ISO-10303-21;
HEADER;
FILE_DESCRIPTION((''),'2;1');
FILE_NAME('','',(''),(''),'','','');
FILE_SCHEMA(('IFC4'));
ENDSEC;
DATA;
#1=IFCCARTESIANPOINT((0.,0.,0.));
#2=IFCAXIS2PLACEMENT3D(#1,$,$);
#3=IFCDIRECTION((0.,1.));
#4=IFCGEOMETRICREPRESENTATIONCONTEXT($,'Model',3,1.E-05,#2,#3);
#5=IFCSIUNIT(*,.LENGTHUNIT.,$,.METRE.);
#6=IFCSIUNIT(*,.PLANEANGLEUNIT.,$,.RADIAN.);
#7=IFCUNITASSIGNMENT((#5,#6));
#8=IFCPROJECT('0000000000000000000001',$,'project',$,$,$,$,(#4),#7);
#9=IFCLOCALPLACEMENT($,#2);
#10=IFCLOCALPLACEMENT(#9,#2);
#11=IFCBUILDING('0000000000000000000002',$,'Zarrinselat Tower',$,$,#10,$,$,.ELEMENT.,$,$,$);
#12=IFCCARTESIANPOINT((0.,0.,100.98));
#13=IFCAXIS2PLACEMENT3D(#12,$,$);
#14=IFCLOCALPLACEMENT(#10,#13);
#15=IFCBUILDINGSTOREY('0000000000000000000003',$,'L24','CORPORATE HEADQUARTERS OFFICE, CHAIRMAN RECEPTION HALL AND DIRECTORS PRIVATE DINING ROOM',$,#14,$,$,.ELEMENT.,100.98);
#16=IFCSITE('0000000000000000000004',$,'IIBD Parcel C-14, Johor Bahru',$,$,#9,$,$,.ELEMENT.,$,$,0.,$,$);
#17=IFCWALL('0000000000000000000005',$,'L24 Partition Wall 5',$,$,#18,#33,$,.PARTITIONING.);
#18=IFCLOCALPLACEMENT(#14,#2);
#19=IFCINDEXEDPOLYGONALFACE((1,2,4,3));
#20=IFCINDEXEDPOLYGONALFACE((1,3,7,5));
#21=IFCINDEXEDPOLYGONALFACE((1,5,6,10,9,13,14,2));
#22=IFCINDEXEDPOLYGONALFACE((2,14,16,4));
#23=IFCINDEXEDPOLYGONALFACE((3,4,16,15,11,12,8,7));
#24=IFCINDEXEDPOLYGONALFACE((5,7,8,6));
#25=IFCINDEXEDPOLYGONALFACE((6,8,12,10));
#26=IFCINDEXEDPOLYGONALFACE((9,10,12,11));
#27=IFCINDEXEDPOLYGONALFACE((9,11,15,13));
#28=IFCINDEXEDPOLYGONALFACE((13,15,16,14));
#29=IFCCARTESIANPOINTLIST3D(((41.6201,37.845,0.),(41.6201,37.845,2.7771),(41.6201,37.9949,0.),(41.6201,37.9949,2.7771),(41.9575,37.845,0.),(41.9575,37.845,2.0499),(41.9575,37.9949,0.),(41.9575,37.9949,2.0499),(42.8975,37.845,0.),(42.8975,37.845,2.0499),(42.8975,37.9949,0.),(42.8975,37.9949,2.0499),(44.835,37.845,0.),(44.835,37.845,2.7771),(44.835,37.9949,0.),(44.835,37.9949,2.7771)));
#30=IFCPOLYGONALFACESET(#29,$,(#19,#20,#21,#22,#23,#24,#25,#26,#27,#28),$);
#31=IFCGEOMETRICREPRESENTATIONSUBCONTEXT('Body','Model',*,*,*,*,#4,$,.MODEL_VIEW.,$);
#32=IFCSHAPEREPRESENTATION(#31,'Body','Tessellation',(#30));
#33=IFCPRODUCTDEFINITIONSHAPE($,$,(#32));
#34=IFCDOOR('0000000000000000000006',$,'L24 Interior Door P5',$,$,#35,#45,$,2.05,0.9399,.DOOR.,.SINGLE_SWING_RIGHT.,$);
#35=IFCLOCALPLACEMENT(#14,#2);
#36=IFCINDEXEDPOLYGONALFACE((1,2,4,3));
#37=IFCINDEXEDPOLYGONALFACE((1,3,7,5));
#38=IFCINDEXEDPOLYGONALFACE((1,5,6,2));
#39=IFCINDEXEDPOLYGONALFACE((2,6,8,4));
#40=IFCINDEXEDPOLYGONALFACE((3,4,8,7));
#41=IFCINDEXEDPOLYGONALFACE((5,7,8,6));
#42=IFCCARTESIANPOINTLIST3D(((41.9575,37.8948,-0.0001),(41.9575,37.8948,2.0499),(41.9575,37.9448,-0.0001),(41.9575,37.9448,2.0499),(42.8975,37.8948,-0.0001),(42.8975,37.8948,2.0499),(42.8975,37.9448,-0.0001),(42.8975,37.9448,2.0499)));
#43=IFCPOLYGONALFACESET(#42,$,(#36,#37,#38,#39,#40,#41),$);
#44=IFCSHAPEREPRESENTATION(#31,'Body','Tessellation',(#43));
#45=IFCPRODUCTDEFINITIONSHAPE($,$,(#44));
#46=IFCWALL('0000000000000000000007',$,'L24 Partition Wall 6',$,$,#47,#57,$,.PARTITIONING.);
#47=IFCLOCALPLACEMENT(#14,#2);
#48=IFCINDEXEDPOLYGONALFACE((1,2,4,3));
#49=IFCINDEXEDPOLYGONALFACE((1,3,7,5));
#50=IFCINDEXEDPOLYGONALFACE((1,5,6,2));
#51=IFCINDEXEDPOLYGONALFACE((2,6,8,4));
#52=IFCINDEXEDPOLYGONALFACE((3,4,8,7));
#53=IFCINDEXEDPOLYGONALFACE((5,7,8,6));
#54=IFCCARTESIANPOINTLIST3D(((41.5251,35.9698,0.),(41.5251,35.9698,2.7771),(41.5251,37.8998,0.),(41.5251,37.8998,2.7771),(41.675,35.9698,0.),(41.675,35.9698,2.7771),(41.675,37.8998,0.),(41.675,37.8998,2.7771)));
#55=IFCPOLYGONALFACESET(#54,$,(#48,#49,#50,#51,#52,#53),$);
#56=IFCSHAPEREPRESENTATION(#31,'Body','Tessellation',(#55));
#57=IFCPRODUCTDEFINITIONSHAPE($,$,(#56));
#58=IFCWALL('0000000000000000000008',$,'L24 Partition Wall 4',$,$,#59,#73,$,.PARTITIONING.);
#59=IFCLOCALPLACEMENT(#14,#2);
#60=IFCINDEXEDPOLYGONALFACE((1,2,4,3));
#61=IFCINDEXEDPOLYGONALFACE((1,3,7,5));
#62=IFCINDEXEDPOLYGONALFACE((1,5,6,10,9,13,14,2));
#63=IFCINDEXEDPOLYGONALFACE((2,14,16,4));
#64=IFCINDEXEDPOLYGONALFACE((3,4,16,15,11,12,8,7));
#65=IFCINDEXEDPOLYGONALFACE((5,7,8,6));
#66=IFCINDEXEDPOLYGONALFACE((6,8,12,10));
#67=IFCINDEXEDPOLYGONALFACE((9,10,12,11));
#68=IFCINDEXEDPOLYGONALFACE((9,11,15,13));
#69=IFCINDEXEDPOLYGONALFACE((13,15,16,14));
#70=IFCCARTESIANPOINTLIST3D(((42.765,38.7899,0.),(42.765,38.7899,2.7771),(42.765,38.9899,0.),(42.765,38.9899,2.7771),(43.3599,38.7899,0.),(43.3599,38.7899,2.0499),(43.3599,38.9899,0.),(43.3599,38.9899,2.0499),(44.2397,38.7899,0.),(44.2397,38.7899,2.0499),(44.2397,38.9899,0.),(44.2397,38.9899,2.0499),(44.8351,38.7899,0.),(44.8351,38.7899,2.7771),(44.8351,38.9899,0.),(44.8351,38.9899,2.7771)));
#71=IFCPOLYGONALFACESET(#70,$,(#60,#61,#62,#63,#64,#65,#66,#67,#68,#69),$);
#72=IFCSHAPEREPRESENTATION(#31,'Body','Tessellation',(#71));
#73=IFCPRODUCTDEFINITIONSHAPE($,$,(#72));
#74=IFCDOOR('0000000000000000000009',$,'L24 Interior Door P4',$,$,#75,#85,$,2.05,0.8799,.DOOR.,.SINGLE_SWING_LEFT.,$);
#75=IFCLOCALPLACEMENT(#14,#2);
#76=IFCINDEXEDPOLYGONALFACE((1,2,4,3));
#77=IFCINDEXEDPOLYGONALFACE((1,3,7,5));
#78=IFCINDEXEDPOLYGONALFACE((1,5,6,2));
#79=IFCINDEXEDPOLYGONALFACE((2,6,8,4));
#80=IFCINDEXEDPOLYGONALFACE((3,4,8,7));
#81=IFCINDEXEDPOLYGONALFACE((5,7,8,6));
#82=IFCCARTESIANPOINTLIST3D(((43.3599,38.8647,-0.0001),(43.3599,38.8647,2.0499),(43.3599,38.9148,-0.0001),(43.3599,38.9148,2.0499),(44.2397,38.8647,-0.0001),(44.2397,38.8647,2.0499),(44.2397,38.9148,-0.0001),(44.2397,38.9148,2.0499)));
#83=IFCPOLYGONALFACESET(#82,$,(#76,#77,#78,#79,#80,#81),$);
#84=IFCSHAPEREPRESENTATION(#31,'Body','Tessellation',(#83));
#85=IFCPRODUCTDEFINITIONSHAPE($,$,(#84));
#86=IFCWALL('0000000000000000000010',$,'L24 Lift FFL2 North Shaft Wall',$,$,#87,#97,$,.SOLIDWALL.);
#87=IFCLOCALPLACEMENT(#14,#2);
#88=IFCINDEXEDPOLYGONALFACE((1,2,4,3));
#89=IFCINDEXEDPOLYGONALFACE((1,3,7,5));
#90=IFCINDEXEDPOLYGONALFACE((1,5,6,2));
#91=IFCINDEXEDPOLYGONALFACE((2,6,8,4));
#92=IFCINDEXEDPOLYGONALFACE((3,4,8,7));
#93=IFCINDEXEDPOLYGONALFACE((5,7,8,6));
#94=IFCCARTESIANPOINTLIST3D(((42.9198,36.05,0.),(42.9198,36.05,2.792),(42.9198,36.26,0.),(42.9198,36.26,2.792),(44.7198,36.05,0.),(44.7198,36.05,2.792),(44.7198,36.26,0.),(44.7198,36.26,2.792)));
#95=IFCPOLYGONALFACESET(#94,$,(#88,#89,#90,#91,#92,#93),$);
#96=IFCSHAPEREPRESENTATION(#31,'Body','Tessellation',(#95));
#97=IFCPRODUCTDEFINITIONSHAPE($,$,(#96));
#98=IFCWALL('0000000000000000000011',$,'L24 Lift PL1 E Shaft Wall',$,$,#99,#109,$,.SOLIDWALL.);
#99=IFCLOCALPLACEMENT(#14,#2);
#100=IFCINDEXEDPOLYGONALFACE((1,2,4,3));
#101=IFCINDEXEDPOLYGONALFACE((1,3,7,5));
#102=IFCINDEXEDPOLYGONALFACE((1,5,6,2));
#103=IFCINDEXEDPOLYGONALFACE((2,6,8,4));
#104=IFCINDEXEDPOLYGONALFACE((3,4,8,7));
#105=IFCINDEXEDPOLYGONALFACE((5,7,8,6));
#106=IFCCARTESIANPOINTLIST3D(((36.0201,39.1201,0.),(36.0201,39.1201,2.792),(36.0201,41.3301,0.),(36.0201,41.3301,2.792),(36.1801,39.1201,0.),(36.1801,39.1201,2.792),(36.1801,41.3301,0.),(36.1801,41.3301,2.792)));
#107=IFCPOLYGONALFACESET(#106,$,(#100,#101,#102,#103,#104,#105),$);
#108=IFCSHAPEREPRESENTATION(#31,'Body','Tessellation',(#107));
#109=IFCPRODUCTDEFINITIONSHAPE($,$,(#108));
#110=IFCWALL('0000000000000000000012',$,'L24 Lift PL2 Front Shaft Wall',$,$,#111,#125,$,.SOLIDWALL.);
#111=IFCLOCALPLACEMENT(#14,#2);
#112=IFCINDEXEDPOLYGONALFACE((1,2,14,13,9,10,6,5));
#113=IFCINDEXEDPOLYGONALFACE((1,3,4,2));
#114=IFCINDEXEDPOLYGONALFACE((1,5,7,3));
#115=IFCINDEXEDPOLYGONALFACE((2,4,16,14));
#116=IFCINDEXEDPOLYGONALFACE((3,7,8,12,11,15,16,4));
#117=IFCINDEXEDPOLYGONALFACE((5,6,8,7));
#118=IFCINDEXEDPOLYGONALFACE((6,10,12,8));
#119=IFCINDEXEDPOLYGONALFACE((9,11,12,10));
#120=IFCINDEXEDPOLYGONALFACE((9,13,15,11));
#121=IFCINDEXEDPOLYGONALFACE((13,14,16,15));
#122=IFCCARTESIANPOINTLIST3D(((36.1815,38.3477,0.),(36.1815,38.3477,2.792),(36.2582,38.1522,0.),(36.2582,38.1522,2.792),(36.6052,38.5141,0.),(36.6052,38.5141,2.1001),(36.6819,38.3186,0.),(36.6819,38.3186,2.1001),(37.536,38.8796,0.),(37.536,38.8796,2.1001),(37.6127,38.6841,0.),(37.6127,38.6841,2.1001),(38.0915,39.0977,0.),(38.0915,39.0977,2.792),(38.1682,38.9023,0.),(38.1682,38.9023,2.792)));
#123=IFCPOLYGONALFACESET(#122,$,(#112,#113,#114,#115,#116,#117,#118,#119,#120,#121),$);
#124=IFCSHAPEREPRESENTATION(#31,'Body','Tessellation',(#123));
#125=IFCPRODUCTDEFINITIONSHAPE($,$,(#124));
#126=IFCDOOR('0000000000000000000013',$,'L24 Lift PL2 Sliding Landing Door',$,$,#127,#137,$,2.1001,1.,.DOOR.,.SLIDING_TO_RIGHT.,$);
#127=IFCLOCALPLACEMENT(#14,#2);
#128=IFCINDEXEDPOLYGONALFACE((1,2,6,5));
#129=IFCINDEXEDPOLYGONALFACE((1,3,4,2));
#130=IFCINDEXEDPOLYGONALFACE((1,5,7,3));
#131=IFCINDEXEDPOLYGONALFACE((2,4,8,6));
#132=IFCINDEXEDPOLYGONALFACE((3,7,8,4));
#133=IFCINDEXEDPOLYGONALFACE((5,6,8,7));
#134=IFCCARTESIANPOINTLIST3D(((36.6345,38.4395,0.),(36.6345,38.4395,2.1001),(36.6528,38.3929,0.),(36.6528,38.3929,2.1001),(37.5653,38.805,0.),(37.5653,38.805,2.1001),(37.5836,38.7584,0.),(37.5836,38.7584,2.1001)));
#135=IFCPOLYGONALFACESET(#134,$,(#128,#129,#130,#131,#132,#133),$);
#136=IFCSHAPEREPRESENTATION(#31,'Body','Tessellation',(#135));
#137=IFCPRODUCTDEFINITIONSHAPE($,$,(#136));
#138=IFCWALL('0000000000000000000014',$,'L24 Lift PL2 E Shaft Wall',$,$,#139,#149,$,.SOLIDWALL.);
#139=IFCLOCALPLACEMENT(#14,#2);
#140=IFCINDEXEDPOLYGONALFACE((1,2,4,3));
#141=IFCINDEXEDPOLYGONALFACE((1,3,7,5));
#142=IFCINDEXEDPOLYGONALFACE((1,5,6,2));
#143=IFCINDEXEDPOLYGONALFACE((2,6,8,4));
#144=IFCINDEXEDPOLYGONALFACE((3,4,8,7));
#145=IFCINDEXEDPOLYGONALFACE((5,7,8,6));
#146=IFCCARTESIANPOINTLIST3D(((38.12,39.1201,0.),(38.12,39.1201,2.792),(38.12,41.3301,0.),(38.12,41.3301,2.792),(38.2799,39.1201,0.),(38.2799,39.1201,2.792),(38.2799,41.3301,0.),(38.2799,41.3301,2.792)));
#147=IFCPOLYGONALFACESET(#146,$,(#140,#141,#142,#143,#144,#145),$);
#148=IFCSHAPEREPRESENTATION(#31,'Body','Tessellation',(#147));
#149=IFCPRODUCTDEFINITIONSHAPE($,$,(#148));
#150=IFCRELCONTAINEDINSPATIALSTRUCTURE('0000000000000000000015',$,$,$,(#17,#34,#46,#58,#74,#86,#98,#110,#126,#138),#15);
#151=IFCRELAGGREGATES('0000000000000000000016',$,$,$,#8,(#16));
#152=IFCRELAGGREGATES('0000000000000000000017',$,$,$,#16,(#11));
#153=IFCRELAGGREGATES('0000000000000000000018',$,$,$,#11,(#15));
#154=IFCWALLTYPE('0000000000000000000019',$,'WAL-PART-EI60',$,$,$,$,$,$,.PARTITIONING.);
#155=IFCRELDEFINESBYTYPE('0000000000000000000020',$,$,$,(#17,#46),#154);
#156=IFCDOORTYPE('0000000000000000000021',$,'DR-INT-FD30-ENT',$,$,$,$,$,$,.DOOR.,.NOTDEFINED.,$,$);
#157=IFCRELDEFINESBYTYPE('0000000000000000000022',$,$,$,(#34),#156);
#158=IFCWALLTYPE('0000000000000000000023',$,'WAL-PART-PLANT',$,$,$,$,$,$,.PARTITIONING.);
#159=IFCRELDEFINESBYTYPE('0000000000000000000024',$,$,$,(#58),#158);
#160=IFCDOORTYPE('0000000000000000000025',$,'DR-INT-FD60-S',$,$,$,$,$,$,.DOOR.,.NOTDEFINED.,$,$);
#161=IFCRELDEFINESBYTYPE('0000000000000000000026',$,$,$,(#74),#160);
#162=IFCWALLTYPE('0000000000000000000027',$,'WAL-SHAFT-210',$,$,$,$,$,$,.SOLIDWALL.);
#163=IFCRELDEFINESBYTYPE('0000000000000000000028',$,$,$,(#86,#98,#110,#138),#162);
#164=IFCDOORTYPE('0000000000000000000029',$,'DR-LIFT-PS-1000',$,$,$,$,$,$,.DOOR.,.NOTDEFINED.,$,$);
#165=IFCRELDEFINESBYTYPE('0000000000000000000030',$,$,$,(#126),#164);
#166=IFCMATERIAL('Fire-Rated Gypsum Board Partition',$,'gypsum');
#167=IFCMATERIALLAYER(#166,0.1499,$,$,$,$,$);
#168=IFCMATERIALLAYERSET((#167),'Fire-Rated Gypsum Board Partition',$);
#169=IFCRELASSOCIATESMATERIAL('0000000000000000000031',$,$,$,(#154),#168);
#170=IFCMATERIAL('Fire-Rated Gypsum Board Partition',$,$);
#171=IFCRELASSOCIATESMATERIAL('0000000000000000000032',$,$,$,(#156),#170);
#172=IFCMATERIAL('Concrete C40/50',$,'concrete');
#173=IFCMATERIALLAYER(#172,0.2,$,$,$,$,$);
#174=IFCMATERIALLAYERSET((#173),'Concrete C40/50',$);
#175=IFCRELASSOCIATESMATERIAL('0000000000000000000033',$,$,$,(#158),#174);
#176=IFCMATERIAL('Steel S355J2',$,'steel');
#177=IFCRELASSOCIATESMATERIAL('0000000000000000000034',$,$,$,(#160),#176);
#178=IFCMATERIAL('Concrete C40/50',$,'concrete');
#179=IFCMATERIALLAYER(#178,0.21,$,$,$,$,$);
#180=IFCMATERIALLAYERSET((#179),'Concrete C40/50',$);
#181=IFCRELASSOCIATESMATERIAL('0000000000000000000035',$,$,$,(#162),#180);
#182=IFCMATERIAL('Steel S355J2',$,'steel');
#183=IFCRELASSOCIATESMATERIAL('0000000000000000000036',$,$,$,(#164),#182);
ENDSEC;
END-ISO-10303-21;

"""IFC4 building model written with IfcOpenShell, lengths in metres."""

from ifc_helpers import new_model, si_unit, direction, frame, frame_2d, origin, place, context, subcontext, project, spatial, rectangle, extrude, material, layer, layer_set, type_object, element, fill, save


model = new_model("IFC4")

# Units and contexts
model_context = context("Model", 3, precision=1e-05, world=origin(), true_north=direction((0.0, 1.0)))
body_context = subcontext(model_context, "Body", "Model", "MODEL_VIEW")
ifc_project = project(units=[si_unit("LENGTHUNIT", "METRE"), si_unit("PLANEANGLEUNIT", "RADIAN")], contexts=[model_context])

# Site, building, storey
site_placement = place(None, origin())
site = spatial("IfcSite", under=ifc_project, at=site_placement, Name="IIBD Parcel C-14, Johor Bahru", CompositionType="ELEMENT", RefElevation=0.0)
building_placement = place(site_placement, origin())
building = spatial("IfcBuilding", under=site, at=building_placement, Name="Zarrinselat Tower", CompositionType="ELEMENT")
storey_placement = place(building_placement, frame((0.0, 0.0, 100.98)))
storey = spatial("IfcBuildingStorey", under=building, at=storey_placement, Name="L24", Description="CORPORATE HEADQUARTERS OFFICE, CHAIRMAN RECEPTION HALL AND DIRECTORS PRIVATE DINING ROOM", CompositionType="ELEMENT", Elevation=100.98)

# Wall, opening, door
ifc_material_1 = material(Name="Fire-Rated Gypsum Board Partition", Category="gypsum")
ifc_layer_1 = layer(ifc_material_1, 0.1499)
ifc_layer_set_1 = layer_set([ifc_layer_1], Name="Fire-Rated Gypsum Board Partition")
wall_type_1 = type_object("IfcWallType", Name="WAL-PART-EI60", PredefinedType="PARTITIONING", material=ifc_layer_set_1)
wall_1_placement = place(storey_placement, frame((41.6201, 37.9199, 0.0), z_axis=(0.0, 0.0, 1.0), x_axis=(1.0, 0.0, 0.0)))
wall_1 = element("IfcWall", 1, at=wall_1_placement, inside=storey, type_object=wall_type_1, Name="L24 Partition Wall 5", PredefinedType="PARTITIONING", context=body_context, shape_type="SweptSolid", body=[
    extrude(rectangle(XDim=3.2148, YDim=0.1499, at=frame_2d((1.6074, 0.0))), origin(), (0.0, 0.0, 1.0), 2.7771),
])
opening_1_placement = place(wall_1_placement, frame((0.3374, 0.0, 0.0)))
opening_1 = element("IfcOpeningElement", 2, at=opening_1_placement, cuts=wall_1, PredefinedType="OPENING", context=body_context, shape_type="SweptSolid", body=[
    extrude(rectangle(XDim=0.9399, YDim=2.05, at=frame_2d((0.47, 1.0249))), frame((0.0, 0.085, 0.0), z_axis=(0.0, -1.0, 0.0), x_axis=(1.0, 0.0, 0.0)), (0.0, 0.0, 1.0), 0.1699),
])
ifc_material_2 = material(Name="Fire-Rated Gypsum Board Partition")
door_type_1 = type_object("IfcDoorType", Name="DR-INT-FD30-ENT", OperationType="NOTDEFINED", PredefinedType="DOOR", material=ifc_material_2)
door_1_placement = place(opening_1_placement, origin())
door_1 = element("IfcDoor", 3, at=door_1_placement, inside=storey, type_object=door_type_1, Name="L24 Interior Door P5", OperationType="SINGLE_SWING_RIGHT", OverallHeight=2.05, OverallWidth=0.9399, PredefinedType="DOOR", context=body_context, shape_type="SweptSolid", body=[
    extrude(rectangle(XDim=0.9399, YDim=2.05, at=frame_2d((0.47, 1.0249))), frame((0.0, 0.0249, 0.0), z_axis=(0.0, -1.0, 0.0), x_axis=(1.0, 0.0, 0.0)), (0.0, 0.0, 1.0), 0.05),
])
fill(opening_1, door_1)

# Wall
wall_2_placement = place(storey_placement, frame((41.6001, 35.97, 0.0), z_axis=(0.0, 0.0, 1.0), x_axis=(0.0, 1.0, 0.0)))
element("IfcWall", 4, at=wall_2_placement, inside=storey, type_object=wall_type_1, Name="L24 Partition Wall 6", PredefinedType="PARTITIONING", context=body_context, shape_type="SweptSolid", body=[
    extrude(rectangle(XDim=1.9299, YDim=0.1499, at=frame_2d((0.9648, 0.0))), origin(), (0.0, 0.0, 1.0), 2.7771),
])

# Wall, opening, door
ifc_material_3 = material(Name="Concrete C40/50", Category="concrete")
ifc_layer_2 = layer(ifc_material_3, 0.2)
ifc_layer_set_2 = layer_set([ifc_layer_2], Name="Concrete C40/50")
wall_type_2 = type_object("IfcWallType", Name="WAL-PART-PLANT", PredefinedType="PARTITIONING", material=ifc_layer_set_2)
wall_3_placement = place(storey_placement, frame((42.7649, 38.8899, 0.0), z_axis=(0.0, 0.0, 1.0), x_axis=(1.0, 0.0, 0.0)))
wall_3 = element("IfcWall", 5, at=wall_3_placement, inside=storey, type_object=wall_type_2, Name="L24 Partition Wall 4", PredefinedType="PARTITIONING", context=body_context, shape_type="SweptSolid", body=[
    extrude(rectangle(XDim=2.0701, YDim=0.2, at=frame_2d((1.0352, 0.0))), origin(), (0.0, 0.0, 1.0), 2.7771),
])
opening_2_placement = place(wall_3_placement, frame((0.595, 0.0, 0.0)))
opening_2 = element("IfcOpeningElement", 6, at=opening_2_placement, cuts=wall_3, PredefinedType="OPENING", context=body_context, shape_type="SweptSolid", body=[
    extrude(rectangle(XDim=0.8799, YDim=2.05, at=frame_2d((0.4399, 1.0249))), frame((0.0, 0.1099, 0.0), z_axis=(0.0, -1.0, 0.0), x_axis=(1.0, 0.0, 0.0)), (0.0, 0.0, 1.0), 0.22),
])
ifc_material_4 = material(Name="Steel S355J2", Category="steel")
door_type_2 = type_object("IfcDoorType", Name="DR-INT-FD60-S", OperationType="NOTDEFINED", PredefinedType="DOOR", material=ifc_material_4)
door_2_placement = place(opening_2_placement, origin())
door_2 = element("IfcDoor", 7, at=door_2_placement, inside=storey, type_object=door_type_2, Name="L24 Interior Door P4", OperationType="SINGLE_SWING_LEFT", OverallHeight=2.05, OverallWidth=0.8799, PredefinedType="DOOR", context=body_context, shape_type="SweptSolid", body=[
    extrude(rectangle(XDim=0.8799, YDim=2.05, at=frame_2d((0.4399, 1.0249))), frame((0.0, 0.0249, 0.0), z_axis=(0.0, -1.0, 0.0), x_axis=(1.0, 0.0, 0.0)), (0.0, 0.0, 1.0), 0.05),
])
fill(opening_2, door_2)

# Walls
ifc_material_5 = material(Name="Concrete C40/50", Category="concrete")
ifc_layer_3 = layer(ifc_material_5, 0.21)
ifc_layer_set_3 = layer_set([ifc_layer_3], Name="Concrete C40/50")
wall_type_3 = type_object("IfcWallType", Name="WAL-SHAFT-210", PredefinedType="SOLIDWALL", material=ifc_layer_set_3)
wall_4_placement = place(storey_placement, frame((42.9199, 36.155, 0.0), z_axis=(0.0, 0.0, 1.0), x_axis=(1.0, 0.0, 0.0)))
element("IfcWall", 8, at=wall_4_placement, inside=storey, type_object=wall_type_3, Name="L24 Lift FFL2 North Shaft Wall", PredefinedType="SOLIDWALL", context=body_context, shape_type="SweptSolid", body=[
    extrude(rectangle(XDim=1.8, YDim=0.21, at=frame_2d((0.8999, 0.0))), origin(), (0.0, 0.0, 1.0), 2.792),
])
wall_5_placement = place(storey_placement, frame((36.1001, 39.1201, 0.0), z_axis=(0.0, 0.0, 1.0), x_axis=(0.0, 1.0, 0.0)))
element("IfcWall", 9, at=wall_5_placement, inside=storey, type_object=wall_type_3, Name="L24 Lift PL1 E Shaft Wall", PredefinedType="SOLIDWALL", context=body_context, shape_type="SweptSolid", body=[
    extrude(rectangle(XDim=2.21, YDim=0.1599, at=frame_2d((1.105, 0.0))), origin(), (0.0, 0.0, 1.0), 2.792),
])

# Wall, opening, door
wall_6_placement = place(storey_placement, frame((36.22, 38.25, 0.0), z_axis=(0.0, 0.0, 1.0), x_axis=(0.930805, 0.365516, 0.0)))
wall_6 = element("IfcWall", 10, at=wall_6_placement, inside=storey, type_object=wall_type_3, Name="L24 Lift PL2 Front Shaft Wall", PredefinedType="SOLIDWALL", context=body_context, shape_type="SweptSolid", body=[
    extrude(rectangle(XDim=2.052, YDim=0.21, at=frame_2d((1.0259, 0.0))), origin(), (0.0, 0.0, 1.0), 2.792),
])
opening_3_placement = place(wall_6_placement, frame((0.4551, 0.0, 0.0)))
opening_3 = element("IfcOpeningElement", 11, at=opening_3_placement, cuts=wall_6, PredefinedType="OPENING", context=body_context, shape_type="SweptSolid", body=[
    extrude(rectangle(XDim=1.0, YDim=2.1001, at=frame_2d((0.5, 1.05))), frame((0.0, 0.115, 0.0), z_axis=(0.0, -1.0, 0.0), x_axis=(1.0, 0.0, 0.0)), (0.0, 0.0, 1.0), 0.23),
])
ifc_material_6 = material(Name="Steel S355J2", Category="steel")
door_type_3 = type_object("IfcDoorType", Name="DR-LIFT-PS-1000", OperationType="NOTDEFINED", PredefinedType="DOOR", material=ifc_material_6)
door_3_placement = place(opening_3_placement, origin())
door_3 = element("IfcDoor", 12, at=door_3_placement, inside=storey, type_object=door_type_3, Name="L24 Lift PL2 Sliding Landing Door", OperationType="SLIDING_TO_RIGHT", OverallHeight=2.1001, OverallWidth=1.0, PredefinedType="DOOR", context=body_context, shape_type="SweptSolid", body=[
    extrude(rectangle(XDim=1.0, YDim=2.1001, at=frame_2d((0.5, 1.05))), frame((0.0, 0.0249, 0.0), z_axis=(0.0, -1.0, 0.0), x_axis=(1.0, 0.0, 0.0)), (0.0, 0.0, 1.0), 0.05),
])
fill(opening_3, door_3)

# Wall
wall_7_placement = place(storey_placement, frame((38.2, 39.1201, 0.0), z_axis=(0.0, 0.0, 1.0), x_axis=(0.0, 1.0, 0.0)))
element("IfcWall", 13, at=wall_7_placement, inside=storey, type_object=wall_type_3, Name="L24 Lift PL2 E Shaft Wall", PredefinedType="SOLIDWALL", context=body_context, shape_type="SweptSolid", body=[
    extrude(rectangle(XDim=2.21, YDim=0.1599, at=frame_2d((1.105, 0.0))), origin(), (0.0, 0.0, 1.0), 2.792),
])

save(model, "model.ifc")
